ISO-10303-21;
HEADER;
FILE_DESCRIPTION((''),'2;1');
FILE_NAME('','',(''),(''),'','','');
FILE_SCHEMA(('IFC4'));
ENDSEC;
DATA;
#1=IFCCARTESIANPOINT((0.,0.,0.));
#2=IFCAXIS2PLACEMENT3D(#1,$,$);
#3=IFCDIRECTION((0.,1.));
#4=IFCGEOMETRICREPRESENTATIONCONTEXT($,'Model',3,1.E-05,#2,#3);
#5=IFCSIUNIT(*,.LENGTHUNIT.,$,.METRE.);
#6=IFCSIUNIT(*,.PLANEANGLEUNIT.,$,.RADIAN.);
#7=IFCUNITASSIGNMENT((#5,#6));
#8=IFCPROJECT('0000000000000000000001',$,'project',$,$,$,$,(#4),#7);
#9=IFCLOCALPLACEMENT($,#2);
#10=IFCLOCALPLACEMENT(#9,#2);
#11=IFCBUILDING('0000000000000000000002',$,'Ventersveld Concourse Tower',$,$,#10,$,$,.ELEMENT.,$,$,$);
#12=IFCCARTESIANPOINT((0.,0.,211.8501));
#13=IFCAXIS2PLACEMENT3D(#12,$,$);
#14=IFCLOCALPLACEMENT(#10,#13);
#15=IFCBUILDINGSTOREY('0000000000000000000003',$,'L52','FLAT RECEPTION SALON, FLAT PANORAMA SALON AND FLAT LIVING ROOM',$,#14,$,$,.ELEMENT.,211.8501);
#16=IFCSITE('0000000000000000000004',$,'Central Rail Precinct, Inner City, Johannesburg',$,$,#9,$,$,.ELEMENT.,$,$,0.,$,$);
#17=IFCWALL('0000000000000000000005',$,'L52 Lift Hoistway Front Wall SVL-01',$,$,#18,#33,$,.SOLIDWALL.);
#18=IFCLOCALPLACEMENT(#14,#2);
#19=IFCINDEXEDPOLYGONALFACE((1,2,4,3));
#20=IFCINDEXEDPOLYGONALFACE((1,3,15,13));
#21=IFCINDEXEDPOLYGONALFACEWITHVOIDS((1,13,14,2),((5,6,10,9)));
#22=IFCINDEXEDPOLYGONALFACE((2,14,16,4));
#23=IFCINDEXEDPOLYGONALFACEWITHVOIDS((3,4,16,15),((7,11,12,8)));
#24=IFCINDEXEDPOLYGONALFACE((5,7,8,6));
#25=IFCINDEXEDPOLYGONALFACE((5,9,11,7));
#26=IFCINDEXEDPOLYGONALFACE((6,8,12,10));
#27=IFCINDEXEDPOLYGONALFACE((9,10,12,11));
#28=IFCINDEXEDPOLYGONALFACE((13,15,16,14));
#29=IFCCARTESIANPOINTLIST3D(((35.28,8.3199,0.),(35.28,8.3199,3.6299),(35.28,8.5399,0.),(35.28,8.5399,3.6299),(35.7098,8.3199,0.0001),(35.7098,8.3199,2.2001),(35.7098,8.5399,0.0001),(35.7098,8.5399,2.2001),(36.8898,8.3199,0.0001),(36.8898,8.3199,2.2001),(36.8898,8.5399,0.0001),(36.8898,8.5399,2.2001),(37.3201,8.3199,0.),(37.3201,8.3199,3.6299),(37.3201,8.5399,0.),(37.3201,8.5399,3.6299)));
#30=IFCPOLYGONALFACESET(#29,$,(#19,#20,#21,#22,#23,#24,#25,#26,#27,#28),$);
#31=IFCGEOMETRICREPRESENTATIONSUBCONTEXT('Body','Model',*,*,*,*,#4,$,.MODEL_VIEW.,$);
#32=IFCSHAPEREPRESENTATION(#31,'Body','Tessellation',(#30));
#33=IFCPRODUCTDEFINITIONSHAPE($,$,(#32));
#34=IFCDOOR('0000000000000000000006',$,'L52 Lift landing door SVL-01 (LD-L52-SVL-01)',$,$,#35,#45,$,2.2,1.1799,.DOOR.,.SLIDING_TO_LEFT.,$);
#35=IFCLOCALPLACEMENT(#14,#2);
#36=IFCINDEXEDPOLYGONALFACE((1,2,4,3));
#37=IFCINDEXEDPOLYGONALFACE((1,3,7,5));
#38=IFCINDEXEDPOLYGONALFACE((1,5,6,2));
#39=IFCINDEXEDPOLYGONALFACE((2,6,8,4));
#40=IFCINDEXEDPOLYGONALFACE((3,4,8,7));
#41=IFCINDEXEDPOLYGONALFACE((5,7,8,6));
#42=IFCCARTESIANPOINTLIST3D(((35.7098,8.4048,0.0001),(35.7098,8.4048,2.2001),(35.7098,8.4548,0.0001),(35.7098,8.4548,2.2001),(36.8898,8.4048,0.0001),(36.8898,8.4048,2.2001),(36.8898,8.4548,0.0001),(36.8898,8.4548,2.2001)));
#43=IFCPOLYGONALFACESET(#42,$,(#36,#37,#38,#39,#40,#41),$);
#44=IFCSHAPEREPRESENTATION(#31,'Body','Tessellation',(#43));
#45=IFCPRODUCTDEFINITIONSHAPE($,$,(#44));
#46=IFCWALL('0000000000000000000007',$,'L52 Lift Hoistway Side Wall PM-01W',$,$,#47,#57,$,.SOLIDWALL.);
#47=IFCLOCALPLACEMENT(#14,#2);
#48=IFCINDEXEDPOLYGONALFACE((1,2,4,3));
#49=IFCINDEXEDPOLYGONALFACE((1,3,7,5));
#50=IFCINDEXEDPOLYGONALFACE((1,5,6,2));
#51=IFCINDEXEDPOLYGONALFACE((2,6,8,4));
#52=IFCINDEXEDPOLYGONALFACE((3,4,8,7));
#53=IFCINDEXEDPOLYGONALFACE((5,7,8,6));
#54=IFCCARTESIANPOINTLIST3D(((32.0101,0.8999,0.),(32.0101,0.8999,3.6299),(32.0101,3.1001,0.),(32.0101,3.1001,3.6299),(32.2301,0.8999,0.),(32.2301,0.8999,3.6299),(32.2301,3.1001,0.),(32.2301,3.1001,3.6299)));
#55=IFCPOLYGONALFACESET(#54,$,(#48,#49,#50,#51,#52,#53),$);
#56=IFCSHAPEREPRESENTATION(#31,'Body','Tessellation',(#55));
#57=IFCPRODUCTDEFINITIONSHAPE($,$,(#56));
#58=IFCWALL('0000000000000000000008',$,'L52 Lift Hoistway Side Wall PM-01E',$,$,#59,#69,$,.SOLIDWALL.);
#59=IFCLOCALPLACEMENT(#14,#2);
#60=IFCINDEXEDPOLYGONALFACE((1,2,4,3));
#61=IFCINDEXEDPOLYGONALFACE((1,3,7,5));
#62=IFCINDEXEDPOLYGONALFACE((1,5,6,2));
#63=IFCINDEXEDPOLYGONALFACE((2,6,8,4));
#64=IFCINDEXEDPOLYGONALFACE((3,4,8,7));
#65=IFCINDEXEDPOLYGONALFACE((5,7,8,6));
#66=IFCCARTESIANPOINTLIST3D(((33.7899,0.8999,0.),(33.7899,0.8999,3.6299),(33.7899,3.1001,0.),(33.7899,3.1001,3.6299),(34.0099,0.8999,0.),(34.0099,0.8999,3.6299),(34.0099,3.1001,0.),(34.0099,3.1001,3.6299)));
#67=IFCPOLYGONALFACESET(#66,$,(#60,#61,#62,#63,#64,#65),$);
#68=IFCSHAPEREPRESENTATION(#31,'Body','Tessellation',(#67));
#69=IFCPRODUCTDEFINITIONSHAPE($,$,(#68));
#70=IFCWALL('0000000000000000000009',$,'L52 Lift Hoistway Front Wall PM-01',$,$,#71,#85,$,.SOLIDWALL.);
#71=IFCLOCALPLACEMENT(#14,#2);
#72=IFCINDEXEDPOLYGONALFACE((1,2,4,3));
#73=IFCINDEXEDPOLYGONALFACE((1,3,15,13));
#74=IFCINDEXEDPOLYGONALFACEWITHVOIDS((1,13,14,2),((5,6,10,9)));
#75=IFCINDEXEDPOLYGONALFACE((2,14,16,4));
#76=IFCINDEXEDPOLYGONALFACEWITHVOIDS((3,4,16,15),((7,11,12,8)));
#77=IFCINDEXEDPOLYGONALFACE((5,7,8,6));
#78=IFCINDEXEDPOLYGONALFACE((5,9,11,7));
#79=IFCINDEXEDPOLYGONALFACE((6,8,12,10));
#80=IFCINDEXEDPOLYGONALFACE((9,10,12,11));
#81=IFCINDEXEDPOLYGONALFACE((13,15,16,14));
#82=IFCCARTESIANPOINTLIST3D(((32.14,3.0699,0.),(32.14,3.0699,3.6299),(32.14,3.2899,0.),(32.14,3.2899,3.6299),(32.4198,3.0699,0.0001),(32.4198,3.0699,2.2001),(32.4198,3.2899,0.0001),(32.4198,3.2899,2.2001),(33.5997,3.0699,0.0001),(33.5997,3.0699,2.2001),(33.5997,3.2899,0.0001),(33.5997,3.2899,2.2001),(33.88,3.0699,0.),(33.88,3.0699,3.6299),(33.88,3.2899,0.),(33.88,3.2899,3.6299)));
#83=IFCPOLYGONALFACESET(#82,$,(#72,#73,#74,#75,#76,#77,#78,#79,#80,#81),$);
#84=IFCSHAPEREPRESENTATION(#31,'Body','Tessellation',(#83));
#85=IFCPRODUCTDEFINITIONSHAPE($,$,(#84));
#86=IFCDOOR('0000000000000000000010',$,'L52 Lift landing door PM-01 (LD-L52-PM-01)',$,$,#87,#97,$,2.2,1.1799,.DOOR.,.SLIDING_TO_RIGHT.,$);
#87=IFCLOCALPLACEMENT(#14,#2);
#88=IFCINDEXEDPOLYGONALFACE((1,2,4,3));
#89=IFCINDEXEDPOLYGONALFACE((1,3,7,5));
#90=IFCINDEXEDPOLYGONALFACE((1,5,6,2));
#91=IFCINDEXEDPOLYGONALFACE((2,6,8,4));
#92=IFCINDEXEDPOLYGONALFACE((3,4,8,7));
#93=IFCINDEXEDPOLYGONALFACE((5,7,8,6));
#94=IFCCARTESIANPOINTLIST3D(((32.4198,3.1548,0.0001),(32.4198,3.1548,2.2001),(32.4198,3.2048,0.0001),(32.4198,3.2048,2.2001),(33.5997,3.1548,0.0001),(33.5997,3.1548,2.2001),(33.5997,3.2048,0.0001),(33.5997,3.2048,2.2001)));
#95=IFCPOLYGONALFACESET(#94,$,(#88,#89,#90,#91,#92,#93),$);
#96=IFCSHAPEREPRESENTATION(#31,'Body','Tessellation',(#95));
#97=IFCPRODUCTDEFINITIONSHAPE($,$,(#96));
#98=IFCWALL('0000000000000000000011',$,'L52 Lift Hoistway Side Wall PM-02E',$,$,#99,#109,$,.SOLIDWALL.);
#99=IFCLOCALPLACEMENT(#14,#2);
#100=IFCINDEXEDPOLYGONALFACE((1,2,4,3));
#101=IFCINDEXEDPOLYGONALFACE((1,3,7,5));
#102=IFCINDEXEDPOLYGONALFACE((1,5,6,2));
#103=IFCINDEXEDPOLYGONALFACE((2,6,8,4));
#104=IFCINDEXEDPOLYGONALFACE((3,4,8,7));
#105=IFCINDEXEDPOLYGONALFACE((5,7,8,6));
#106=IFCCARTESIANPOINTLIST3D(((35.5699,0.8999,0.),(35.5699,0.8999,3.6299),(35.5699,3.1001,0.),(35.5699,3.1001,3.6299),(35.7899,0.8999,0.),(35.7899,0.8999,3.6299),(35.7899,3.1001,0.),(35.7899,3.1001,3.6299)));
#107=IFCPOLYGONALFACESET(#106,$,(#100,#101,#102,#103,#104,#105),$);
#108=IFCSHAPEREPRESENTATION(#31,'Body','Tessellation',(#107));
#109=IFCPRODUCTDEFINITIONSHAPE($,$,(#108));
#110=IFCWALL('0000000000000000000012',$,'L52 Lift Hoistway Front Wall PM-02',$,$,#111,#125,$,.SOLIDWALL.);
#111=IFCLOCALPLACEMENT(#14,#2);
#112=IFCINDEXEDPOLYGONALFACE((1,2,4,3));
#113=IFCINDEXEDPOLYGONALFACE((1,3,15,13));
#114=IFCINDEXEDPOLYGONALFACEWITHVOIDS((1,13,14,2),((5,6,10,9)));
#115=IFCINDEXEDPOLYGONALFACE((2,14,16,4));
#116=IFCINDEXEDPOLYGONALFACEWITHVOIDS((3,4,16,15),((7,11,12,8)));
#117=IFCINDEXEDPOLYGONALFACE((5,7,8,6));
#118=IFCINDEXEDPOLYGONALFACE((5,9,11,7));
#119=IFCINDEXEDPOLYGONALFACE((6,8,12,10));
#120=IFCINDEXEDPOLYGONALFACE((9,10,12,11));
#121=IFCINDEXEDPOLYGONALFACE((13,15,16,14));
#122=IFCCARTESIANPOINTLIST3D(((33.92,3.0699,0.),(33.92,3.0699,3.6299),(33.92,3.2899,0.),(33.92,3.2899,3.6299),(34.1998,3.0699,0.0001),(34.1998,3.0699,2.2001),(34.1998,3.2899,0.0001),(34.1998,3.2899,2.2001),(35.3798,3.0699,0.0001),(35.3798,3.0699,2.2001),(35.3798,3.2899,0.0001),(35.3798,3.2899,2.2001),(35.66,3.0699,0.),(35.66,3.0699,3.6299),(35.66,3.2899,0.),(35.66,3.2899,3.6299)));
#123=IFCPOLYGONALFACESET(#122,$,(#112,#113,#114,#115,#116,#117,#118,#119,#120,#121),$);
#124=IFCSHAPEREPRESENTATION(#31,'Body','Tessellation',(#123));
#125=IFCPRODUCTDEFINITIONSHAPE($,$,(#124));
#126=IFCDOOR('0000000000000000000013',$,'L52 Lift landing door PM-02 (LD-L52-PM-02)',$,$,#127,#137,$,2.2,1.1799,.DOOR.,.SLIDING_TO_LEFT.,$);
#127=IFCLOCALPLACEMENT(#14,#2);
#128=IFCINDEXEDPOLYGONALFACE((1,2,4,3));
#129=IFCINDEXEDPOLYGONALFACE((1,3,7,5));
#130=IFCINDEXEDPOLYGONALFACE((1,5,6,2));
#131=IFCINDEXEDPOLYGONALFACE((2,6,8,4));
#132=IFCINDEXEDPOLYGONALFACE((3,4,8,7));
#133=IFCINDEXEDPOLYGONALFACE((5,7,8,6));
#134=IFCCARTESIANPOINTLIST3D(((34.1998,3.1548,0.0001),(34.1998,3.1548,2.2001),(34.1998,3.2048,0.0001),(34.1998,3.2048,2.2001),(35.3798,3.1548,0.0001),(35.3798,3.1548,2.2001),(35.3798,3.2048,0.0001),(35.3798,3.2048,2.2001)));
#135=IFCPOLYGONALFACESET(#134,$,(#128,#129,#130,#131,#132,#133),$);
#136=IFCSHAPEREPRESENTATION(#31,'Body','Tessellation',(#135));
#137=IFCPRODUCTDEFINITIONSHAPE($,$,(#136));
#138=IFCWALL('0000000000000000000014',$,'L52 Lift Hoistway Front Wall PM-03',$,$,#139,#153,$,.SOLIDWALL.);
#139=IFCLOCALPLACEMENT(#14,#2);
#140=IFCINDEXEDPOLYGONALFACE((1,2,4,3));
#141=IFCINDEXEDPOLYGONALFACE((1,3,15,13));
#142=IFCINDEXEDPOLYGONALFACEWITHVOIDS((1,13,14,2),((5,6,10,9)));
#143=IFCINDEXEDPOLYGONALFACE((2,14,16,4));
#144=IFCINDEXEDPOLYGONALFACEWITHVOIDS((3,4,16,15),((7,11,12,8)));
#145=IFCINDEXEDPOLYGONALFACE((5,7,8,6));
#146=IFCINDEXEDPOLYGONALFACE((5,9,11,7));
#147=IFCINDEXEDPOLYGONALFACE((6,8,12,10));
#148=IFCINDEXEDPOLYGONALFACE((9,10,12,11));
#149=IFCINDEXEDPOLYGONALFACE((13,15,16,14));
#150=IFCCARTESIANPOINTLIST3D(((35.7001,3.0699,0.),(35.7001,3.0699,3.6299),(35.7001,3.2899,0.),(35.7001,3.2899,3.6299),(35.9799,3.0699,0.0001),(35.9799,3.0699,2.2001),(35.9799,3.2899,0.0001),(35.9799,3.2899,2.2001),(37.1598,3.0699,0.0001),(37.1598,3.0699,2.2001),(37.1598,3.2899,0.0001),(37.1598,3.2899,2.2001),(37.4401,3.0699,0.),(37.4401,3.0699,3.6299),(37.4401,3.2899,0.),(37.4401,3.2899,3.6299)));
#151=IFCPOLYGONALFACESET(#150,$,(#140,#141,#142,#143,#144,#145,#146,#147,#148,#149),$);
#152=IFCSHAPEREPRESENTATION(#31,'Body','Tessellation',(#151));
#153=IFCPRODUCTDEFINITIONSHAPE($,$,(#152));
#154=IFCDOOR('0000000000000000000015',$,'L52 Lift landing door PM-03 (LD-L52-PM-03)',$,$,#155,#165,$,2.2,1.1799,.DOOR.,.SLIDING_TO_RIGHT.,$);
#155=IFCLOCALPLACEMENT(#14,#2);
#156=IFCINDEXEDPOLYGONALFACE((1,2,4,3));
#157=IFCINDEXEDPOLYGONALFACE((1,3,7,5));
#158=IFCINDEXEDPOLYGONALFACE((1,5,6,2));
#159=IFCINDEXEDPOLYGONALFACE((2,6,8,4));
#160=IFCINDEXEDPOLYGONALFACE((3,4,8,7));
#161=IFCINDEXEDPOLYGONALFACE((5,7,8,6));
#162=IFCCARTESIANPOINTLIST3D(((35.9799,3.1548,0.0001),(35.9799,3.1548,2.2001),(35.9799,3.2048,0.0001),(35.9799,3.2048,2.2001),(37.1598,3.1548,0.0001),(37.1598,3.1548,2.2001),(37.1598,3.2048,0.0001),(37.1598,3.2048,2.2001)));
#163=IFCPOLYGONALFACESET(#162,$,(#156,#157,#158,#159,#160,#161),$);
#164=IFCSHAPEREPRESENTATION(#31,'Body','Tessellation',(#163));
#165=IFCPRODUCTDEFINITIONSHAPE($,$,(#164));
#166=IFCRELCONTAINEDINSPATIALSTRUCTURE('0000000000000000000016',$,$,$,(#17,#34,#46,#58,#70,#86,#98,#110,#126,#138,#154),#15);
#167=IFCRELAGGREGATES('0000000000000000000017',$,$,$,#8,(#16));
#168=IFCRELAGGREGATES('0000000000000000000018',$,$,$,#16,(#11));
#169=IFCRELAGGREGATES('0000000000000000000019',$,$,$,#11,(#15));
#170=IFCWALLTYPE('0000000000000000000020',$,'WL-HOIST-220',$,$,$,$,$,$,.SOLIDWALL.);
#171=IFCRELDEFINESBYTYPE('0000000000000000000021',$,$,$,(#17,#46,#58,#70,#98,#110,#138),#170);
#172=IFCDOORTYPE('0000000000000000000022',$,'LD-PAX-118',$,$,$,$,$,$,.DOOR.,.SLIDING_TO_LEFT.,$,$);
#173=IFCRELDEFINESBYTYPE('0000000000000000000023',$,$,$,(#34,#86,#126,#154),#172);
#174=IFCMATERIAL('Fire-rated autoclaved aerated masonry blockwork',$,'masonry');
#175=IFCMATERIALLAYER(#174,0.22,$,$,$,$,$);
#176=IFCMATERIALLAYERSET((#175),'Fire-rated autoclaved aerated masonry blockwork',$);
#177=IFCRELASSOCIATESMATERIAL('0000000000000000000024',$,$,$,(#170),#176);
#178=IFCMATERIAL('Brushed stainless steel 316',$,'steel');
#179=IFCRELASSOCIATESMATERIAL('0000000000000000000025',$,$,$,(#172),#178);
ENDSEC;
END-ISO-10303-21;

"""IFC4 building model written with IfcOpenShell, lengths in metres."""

from ifc_helpers import new_model, si_unit, direction, frame, frame_2d, origin, place, context, subcontext, project, spatial, rectangle, extrude, material, layer, layer_set, type_object, element, fill, save


model = new_model("IFC4")

# Units and contexts
model_context = context("Model", 3, precision=1e-05, world=origin(), true_north=direction((0.0, 1.0)))
body_context = subcontext(model_context, "Body", "Model", "MODEL_VIEW")
ifc_project = project(units=[si_unit("LENGTHUNIT", "METRE"), si_unit("PLANEANGLEUNIT", "RADIAN")], contexts=[model_context])

# Site, building, storey
site_placement = place(None, origin())
site = spatial("IfcSite", under=ifc_project, at=site_placement, Name="Central Rail Precinct, Inner City, Johannesburg", CompositionType="ELEMENT", RefElevation=0.0)
building_placement = place(site_placement, origin())
building = spatial("IfcBuilding", under=site, at=building_placement, Name="Ventersveld Concourse Tower", CompositionType="ELEMENT")
storey_placement = place(building_placement, frame((0.0, 0.0, 211.8501)))
storey = spatial("IfcBuildingStorey", under=building, at=storey_placement, Name="L52", Description="FLAT RECEPTION SALON, FLAT PANORAMA SALON AND FLAT LIVING ROOM", CompositionType="ELEMENT", Elevation=211.8501)

# Shared definitions
ifc_material_1 = material(Name="Fire-rated autoclaved aerated masonry blockwork", Category="masonry")
ifc_layer_1 = layer(ifc_material_1, 0.22)
ifc_layer_set_1 = layer_set([ifc_layer_1], Name="Fire-rated autoclaved aerated masonry blockwork")
wall_type_1 = type_object("IfcWallType", Name="WL-HOIST-220", PredefinedType="SOLIDWALL", material=ifc_layer_set_1)

# Wall, opening, door
wall_1_placement = place(storey_placement, frame((35.28, 8.4299, 0.0), z_axis=(0.0, 0.0, 1.0), x_axis=(1.0, 0.0, 0.0)))
wall_1 = element("IfcWall", 1, at=wall_1_placement, inside=storey, type_object=wall_type_1, Name="L52 Lift Hoistway Front Wall SVL-01", PredefinedType="SOLIDWALL", context=body_context, shape_type="SweptSolid", body=[
    extrude(rectangle(XDim=2.04, YDim=0.22, at=frame_2d((1.02, 0.0))), origin(), (0.0, 0.0, 1.0), 3.6299),
])
opening_1_placement = place(wall_1_placement, frame((0.4299, 0.0, 0.0)))
opening_1 = element("IfcOpeningElement", 2, at=opening_1_placement, cuts=wall_1, PredefinedType="OPENING", context=body_context, shape_type="SweptSolid", body=[
    extrude(rectangle(XDim=1.1799, YDim=2.2, at=frame_2d((0.5898, 1.1001))), frame((0.0, 0.1201, 0.0), z_axis=(0.0, -1.0, 0.0), x_axis=(1.0, 0.0, 0.0)), (0.0, 0.0, 1.0), 0.24),
])
ifc_material_2 = material(Name="Brushed stainless steel 316", Category="steel")
door_type = type_object("IfcDoorType", Name="LD-PAX-118", OperationType="SLIDING_TO_LEFT", PredefinedType="DOOR", material=ifc_material_2)
door_1_placement = place(opening_1_placement, origin())
door_1 = element("IfcDoor", 3, at=door_1_placement, inside=storey, type_object=door_type, Name="L52 Lift landing door SVL-01 (LD-L52-SVL-01)", OperationType="SLIDING_TO_LEFT", OverallHeight=2.2, OverallWidth=1.1799, PredefinedType="DOOR", context=body_context, shape_type="SweptSolid", body=[
    extrude(rectangle(XDim=1.1799, YDim=2.2, at=frame_2d((0.5898, 1.1001))), frame((0.0, 0.0249, 0.0), z_axis=(0.0, -1.0, 0.0), x_axis=(1.0, 0.0, 0.0)), (0.0, 0.0, 1.0), 0.05),
])
fill(opening_1, door_1)

# Walls
for number, where, z_axis, x_axis, name in (
    (4, (32.1201, 0.8999, 0.0), (0.0, 0.0, 1.0), (0.0, 1.0, 0.0), "L52 Lift Hoistway Side Wall PM-01W"),
    (5, (33.8999, 0.8999, 0.0), (0.0, 0.0, 1.0), (0.0, 1.0, 0.0), "L52 Lift Hoistway Side Wall PM-01E"),
):
    element("IfcWall", number, at=place(storey_placement, frame(where, z_axis=z_axis, x_axis=x_axis)), inside=storey, type_object=wall_type_1, Name=name, PredefinedType="SOLIDWALL", context=body_context, shape_type="SweptSolid", body=[
        extrude(rectangle(XDim=2.2002, YDim=0.22, at=frame_2d((1.1001, 0.0))), origin(), (0.0, 0.0, 1.0), 3.6299),
    ])

# Wall, opening, door
wall_2_placement = place(storey_placement, frame((32.1399, 3.1799, 0.0), z_axis=(0.0, 0.0, 1.0), x_axis=(1.0, 0.0, 0.0)))
wall_2 = element("IfcWall", 6, at=wall_2_placement, inside=storey, type_object=wall_type_1, Name="L52 Lift Hoistway Front Wall PM-01", PredefinedType="SOLIDWALL", context=body_context, shape_type="SweptSolid", body=[
    extrude(rectangle(XDim=1.74, YDim=0.22, at=frame_2d((0.8701, 0.0))), origin(), (0.0, 0.0, 1.0), 3.6299),
])
opening_2_placement = place(wall_2_placement, frame((0.28, 0.0, 0.0)))
opening_2 = element("IfcOpeningElement", 7, at=opening_2_placement, cuts=wall_2, PredefinedType="OPENING", context=body_context, shape_type="SweptSolid", body=[
    extrude(rectangle(XDim=1.1799, YDim=2.2, at=frame_2d((0.5898, 1.1001))), frame((0.0, 0.1201, 0.0), z_axis=(0.0, -1.0, 0.0), x_axis=(1.0, 0.0, 0.0)), (0.0, 0.0, 1.0), 0.24),
])
door_2_placement = place(opening_2_placement, origin())
door_2 = element("IfcDoor", 8, at=door_2_placement, inside=storey, type_object=door_type, Name="L52 Lift landing door PM-01 (LD-L52-PM-01)", OperationType="SLIDING_TO_RIGHT", OverallHeight=2.2, OverallWidth=1.1799, PredefinedType="DOOR", context=body_context, shape_type="SweptSolid", body=[
    extrude(rectangle(XDim=1.1799, YDim=2.2, at=frame_2d((0.5898, 1.1001))), frame((0.0, 0.0249, 0.0), z_axis=(0.0, -1.0, 0.0), x_axis=(1.0, 0.0, 0.0)), (0.0, 0.0, 1.0), 0.05),
])
fill(opening_2, door_2)

# Wall
wall_3_placement = place(storey_placement, frame((35.6799, 0.8999, 0.0), z_axis=(0.0, 0.0, 1.0), x_axis=(0.0, 1.0, 0.0)))
element("IfcWall", 9, at=wall_3_placement, inside=storey, type_object=wall_type_1, Name="L52 Lift Hoistway Side Wall PM-02E", PredefinedType="SOLIDWALL", context=body_context, shape_type="SweptSolid", body=[
    extrude(rectangle(XDim=2.2002, YDim=0.22, at=frame_2d((1.1001, 0.0))), origin(), (0.0, 0.0, 1.0), 3.6299),
])

# Walls, openings, doors
wall_4_placement = place(storey_placement, frame((33.9199, 3.1799, 0.0), z_axis=(0.0, 0.0, 1.0), x_axis=(1.0, 0.0, 0.0)))
wall_4 = element("IfcWall", 10, at=wall_4_placement, inside=storey, type_object=wall_type_1, Name="L52 Lift Hoistway Front Wall PM-02", PredefinedType="SOLIDWALL", context=body_context, shape_type="SweptSolid", body=[
    extrude(rectangle(XDim=1.74, YDim=0.22, at=frame_2d((0.8701, 0.0))), origin(), (0.0, 0.0, 1.0), 3.6299),
])
opening_3_placement = place(wall_4_placement, frame((0.28, 0.0, 0.0)))
opening_3 = element("IfcOpeningElement", 11, at=opening_3_placement, cuts=wall_4, PredefinedType="OPENING", context=body_context, shape_type="SweptSolid", body=[
    extrude(rectangle(XDim=1.1799, YDim=2.2, at=frame_2d((0.5898, 1.1001))), frame((0.0, 0.1201, 0.0), z_axis=(0.0, -1.0, 0.0), x_axis=(1.0, 0.0, 0.0)), (0.0, 0.0, 1.0), 0.24),
])
door_3_placement = place(opening_3_placement, origin())
door_3 = element("IfcDoor", 12, at=door_3_placement, inside=storey, type_object=door_type, Name="L52 Lift landing door PM-02 (LD-L52-PM-02)", OperationType="SLIDING_TO_LEFT", OverallHeight=2.2, OverallWidth=1.1799, PredefinedType="DOOR", context=body_context, shape_type="SweptSolid", body=[
    extrude(rectangle(XDim=1.1799, YDim=2.2, at=frame_2d((0.5898, 1.1001))), frame((0.0, 0.0249, 0.0), z_axis=(0.0, -1.0, 0.0), x_axis=(1.0, 0.0, 0.0)), (0.0, 0.0, 1.0), 0.05),
])
fill(opening_3, door_3)
wall_5_placement = place(storey_placement, frame((35.7, 3.1799, 0.0), z_axis=(0.0, 0.0, 1.0), x_axis=(1.0, 0.0, 0.0)))
wall_5 = element("IfcWall", 13, at=wall_5_placement, inside=storey, type_object=wall_type_1, Name="L52 Lift Hoistway Front Wall PM-03", PredefinedType="SOLIDWALL", context=body_context, shape_type="SweptSolid", body=[
    extrude(rectangle(XDim=1.74, YDim=0.22, at=frame_2d((0.8701, 0.0))), origin(), (0.0, 0.0, 1.0), 3.6299),
])
opening_4_placement = place(wall_5_placement, frame((0.28, 0.0, 0.0)))
opening_4 = element("IfcOpeningElement", 14, at=opening_4_placement, cuts=wall_5, PredefinedType="OPENING", context=body_context, shape_type="SweptSolid", body=[
    extrude(rectangle(XDim=1.1799, YDim=2.2, at=frame_2d((0.5898, 1.1001))), frame((0.0, 0.1201, 0.0), z_axis=(0.0, -1.0, 0.0), x_axis=(1.0, 0.0, 0.0)), (0.0, 0.0, 1.0), 0.24),
])
door_4_placement = place(opening_4_placement, origin())
door_4 = element("IfcDoor", 15, at=door_4_placement, inside=storey, type_object=door_type, Name="L52 Lift landing door PM-03 (LD-L52-PM-03)", OperationType="SLIDING_TO_RIGHT", OverallHeight=2.2, OverallWidth=1.1799, PredefinedType="DOOR", context=body_context, shape_type="SweptSolid", body=[
    extrude(rectangle(XDim=1.1799, YDim=2.2, at=frame_2d((0.5898, 1.1001))), frame((0.0, 0.0249, 0.0), z_axis=(0.0, -1.0, 0.0), x_axis=(1.0, 0.0, 0.0)), (0.0, 0.0, 1.0), 0.05),
])
fill(opening_4, door_4)

save(model, "model.ifc")
